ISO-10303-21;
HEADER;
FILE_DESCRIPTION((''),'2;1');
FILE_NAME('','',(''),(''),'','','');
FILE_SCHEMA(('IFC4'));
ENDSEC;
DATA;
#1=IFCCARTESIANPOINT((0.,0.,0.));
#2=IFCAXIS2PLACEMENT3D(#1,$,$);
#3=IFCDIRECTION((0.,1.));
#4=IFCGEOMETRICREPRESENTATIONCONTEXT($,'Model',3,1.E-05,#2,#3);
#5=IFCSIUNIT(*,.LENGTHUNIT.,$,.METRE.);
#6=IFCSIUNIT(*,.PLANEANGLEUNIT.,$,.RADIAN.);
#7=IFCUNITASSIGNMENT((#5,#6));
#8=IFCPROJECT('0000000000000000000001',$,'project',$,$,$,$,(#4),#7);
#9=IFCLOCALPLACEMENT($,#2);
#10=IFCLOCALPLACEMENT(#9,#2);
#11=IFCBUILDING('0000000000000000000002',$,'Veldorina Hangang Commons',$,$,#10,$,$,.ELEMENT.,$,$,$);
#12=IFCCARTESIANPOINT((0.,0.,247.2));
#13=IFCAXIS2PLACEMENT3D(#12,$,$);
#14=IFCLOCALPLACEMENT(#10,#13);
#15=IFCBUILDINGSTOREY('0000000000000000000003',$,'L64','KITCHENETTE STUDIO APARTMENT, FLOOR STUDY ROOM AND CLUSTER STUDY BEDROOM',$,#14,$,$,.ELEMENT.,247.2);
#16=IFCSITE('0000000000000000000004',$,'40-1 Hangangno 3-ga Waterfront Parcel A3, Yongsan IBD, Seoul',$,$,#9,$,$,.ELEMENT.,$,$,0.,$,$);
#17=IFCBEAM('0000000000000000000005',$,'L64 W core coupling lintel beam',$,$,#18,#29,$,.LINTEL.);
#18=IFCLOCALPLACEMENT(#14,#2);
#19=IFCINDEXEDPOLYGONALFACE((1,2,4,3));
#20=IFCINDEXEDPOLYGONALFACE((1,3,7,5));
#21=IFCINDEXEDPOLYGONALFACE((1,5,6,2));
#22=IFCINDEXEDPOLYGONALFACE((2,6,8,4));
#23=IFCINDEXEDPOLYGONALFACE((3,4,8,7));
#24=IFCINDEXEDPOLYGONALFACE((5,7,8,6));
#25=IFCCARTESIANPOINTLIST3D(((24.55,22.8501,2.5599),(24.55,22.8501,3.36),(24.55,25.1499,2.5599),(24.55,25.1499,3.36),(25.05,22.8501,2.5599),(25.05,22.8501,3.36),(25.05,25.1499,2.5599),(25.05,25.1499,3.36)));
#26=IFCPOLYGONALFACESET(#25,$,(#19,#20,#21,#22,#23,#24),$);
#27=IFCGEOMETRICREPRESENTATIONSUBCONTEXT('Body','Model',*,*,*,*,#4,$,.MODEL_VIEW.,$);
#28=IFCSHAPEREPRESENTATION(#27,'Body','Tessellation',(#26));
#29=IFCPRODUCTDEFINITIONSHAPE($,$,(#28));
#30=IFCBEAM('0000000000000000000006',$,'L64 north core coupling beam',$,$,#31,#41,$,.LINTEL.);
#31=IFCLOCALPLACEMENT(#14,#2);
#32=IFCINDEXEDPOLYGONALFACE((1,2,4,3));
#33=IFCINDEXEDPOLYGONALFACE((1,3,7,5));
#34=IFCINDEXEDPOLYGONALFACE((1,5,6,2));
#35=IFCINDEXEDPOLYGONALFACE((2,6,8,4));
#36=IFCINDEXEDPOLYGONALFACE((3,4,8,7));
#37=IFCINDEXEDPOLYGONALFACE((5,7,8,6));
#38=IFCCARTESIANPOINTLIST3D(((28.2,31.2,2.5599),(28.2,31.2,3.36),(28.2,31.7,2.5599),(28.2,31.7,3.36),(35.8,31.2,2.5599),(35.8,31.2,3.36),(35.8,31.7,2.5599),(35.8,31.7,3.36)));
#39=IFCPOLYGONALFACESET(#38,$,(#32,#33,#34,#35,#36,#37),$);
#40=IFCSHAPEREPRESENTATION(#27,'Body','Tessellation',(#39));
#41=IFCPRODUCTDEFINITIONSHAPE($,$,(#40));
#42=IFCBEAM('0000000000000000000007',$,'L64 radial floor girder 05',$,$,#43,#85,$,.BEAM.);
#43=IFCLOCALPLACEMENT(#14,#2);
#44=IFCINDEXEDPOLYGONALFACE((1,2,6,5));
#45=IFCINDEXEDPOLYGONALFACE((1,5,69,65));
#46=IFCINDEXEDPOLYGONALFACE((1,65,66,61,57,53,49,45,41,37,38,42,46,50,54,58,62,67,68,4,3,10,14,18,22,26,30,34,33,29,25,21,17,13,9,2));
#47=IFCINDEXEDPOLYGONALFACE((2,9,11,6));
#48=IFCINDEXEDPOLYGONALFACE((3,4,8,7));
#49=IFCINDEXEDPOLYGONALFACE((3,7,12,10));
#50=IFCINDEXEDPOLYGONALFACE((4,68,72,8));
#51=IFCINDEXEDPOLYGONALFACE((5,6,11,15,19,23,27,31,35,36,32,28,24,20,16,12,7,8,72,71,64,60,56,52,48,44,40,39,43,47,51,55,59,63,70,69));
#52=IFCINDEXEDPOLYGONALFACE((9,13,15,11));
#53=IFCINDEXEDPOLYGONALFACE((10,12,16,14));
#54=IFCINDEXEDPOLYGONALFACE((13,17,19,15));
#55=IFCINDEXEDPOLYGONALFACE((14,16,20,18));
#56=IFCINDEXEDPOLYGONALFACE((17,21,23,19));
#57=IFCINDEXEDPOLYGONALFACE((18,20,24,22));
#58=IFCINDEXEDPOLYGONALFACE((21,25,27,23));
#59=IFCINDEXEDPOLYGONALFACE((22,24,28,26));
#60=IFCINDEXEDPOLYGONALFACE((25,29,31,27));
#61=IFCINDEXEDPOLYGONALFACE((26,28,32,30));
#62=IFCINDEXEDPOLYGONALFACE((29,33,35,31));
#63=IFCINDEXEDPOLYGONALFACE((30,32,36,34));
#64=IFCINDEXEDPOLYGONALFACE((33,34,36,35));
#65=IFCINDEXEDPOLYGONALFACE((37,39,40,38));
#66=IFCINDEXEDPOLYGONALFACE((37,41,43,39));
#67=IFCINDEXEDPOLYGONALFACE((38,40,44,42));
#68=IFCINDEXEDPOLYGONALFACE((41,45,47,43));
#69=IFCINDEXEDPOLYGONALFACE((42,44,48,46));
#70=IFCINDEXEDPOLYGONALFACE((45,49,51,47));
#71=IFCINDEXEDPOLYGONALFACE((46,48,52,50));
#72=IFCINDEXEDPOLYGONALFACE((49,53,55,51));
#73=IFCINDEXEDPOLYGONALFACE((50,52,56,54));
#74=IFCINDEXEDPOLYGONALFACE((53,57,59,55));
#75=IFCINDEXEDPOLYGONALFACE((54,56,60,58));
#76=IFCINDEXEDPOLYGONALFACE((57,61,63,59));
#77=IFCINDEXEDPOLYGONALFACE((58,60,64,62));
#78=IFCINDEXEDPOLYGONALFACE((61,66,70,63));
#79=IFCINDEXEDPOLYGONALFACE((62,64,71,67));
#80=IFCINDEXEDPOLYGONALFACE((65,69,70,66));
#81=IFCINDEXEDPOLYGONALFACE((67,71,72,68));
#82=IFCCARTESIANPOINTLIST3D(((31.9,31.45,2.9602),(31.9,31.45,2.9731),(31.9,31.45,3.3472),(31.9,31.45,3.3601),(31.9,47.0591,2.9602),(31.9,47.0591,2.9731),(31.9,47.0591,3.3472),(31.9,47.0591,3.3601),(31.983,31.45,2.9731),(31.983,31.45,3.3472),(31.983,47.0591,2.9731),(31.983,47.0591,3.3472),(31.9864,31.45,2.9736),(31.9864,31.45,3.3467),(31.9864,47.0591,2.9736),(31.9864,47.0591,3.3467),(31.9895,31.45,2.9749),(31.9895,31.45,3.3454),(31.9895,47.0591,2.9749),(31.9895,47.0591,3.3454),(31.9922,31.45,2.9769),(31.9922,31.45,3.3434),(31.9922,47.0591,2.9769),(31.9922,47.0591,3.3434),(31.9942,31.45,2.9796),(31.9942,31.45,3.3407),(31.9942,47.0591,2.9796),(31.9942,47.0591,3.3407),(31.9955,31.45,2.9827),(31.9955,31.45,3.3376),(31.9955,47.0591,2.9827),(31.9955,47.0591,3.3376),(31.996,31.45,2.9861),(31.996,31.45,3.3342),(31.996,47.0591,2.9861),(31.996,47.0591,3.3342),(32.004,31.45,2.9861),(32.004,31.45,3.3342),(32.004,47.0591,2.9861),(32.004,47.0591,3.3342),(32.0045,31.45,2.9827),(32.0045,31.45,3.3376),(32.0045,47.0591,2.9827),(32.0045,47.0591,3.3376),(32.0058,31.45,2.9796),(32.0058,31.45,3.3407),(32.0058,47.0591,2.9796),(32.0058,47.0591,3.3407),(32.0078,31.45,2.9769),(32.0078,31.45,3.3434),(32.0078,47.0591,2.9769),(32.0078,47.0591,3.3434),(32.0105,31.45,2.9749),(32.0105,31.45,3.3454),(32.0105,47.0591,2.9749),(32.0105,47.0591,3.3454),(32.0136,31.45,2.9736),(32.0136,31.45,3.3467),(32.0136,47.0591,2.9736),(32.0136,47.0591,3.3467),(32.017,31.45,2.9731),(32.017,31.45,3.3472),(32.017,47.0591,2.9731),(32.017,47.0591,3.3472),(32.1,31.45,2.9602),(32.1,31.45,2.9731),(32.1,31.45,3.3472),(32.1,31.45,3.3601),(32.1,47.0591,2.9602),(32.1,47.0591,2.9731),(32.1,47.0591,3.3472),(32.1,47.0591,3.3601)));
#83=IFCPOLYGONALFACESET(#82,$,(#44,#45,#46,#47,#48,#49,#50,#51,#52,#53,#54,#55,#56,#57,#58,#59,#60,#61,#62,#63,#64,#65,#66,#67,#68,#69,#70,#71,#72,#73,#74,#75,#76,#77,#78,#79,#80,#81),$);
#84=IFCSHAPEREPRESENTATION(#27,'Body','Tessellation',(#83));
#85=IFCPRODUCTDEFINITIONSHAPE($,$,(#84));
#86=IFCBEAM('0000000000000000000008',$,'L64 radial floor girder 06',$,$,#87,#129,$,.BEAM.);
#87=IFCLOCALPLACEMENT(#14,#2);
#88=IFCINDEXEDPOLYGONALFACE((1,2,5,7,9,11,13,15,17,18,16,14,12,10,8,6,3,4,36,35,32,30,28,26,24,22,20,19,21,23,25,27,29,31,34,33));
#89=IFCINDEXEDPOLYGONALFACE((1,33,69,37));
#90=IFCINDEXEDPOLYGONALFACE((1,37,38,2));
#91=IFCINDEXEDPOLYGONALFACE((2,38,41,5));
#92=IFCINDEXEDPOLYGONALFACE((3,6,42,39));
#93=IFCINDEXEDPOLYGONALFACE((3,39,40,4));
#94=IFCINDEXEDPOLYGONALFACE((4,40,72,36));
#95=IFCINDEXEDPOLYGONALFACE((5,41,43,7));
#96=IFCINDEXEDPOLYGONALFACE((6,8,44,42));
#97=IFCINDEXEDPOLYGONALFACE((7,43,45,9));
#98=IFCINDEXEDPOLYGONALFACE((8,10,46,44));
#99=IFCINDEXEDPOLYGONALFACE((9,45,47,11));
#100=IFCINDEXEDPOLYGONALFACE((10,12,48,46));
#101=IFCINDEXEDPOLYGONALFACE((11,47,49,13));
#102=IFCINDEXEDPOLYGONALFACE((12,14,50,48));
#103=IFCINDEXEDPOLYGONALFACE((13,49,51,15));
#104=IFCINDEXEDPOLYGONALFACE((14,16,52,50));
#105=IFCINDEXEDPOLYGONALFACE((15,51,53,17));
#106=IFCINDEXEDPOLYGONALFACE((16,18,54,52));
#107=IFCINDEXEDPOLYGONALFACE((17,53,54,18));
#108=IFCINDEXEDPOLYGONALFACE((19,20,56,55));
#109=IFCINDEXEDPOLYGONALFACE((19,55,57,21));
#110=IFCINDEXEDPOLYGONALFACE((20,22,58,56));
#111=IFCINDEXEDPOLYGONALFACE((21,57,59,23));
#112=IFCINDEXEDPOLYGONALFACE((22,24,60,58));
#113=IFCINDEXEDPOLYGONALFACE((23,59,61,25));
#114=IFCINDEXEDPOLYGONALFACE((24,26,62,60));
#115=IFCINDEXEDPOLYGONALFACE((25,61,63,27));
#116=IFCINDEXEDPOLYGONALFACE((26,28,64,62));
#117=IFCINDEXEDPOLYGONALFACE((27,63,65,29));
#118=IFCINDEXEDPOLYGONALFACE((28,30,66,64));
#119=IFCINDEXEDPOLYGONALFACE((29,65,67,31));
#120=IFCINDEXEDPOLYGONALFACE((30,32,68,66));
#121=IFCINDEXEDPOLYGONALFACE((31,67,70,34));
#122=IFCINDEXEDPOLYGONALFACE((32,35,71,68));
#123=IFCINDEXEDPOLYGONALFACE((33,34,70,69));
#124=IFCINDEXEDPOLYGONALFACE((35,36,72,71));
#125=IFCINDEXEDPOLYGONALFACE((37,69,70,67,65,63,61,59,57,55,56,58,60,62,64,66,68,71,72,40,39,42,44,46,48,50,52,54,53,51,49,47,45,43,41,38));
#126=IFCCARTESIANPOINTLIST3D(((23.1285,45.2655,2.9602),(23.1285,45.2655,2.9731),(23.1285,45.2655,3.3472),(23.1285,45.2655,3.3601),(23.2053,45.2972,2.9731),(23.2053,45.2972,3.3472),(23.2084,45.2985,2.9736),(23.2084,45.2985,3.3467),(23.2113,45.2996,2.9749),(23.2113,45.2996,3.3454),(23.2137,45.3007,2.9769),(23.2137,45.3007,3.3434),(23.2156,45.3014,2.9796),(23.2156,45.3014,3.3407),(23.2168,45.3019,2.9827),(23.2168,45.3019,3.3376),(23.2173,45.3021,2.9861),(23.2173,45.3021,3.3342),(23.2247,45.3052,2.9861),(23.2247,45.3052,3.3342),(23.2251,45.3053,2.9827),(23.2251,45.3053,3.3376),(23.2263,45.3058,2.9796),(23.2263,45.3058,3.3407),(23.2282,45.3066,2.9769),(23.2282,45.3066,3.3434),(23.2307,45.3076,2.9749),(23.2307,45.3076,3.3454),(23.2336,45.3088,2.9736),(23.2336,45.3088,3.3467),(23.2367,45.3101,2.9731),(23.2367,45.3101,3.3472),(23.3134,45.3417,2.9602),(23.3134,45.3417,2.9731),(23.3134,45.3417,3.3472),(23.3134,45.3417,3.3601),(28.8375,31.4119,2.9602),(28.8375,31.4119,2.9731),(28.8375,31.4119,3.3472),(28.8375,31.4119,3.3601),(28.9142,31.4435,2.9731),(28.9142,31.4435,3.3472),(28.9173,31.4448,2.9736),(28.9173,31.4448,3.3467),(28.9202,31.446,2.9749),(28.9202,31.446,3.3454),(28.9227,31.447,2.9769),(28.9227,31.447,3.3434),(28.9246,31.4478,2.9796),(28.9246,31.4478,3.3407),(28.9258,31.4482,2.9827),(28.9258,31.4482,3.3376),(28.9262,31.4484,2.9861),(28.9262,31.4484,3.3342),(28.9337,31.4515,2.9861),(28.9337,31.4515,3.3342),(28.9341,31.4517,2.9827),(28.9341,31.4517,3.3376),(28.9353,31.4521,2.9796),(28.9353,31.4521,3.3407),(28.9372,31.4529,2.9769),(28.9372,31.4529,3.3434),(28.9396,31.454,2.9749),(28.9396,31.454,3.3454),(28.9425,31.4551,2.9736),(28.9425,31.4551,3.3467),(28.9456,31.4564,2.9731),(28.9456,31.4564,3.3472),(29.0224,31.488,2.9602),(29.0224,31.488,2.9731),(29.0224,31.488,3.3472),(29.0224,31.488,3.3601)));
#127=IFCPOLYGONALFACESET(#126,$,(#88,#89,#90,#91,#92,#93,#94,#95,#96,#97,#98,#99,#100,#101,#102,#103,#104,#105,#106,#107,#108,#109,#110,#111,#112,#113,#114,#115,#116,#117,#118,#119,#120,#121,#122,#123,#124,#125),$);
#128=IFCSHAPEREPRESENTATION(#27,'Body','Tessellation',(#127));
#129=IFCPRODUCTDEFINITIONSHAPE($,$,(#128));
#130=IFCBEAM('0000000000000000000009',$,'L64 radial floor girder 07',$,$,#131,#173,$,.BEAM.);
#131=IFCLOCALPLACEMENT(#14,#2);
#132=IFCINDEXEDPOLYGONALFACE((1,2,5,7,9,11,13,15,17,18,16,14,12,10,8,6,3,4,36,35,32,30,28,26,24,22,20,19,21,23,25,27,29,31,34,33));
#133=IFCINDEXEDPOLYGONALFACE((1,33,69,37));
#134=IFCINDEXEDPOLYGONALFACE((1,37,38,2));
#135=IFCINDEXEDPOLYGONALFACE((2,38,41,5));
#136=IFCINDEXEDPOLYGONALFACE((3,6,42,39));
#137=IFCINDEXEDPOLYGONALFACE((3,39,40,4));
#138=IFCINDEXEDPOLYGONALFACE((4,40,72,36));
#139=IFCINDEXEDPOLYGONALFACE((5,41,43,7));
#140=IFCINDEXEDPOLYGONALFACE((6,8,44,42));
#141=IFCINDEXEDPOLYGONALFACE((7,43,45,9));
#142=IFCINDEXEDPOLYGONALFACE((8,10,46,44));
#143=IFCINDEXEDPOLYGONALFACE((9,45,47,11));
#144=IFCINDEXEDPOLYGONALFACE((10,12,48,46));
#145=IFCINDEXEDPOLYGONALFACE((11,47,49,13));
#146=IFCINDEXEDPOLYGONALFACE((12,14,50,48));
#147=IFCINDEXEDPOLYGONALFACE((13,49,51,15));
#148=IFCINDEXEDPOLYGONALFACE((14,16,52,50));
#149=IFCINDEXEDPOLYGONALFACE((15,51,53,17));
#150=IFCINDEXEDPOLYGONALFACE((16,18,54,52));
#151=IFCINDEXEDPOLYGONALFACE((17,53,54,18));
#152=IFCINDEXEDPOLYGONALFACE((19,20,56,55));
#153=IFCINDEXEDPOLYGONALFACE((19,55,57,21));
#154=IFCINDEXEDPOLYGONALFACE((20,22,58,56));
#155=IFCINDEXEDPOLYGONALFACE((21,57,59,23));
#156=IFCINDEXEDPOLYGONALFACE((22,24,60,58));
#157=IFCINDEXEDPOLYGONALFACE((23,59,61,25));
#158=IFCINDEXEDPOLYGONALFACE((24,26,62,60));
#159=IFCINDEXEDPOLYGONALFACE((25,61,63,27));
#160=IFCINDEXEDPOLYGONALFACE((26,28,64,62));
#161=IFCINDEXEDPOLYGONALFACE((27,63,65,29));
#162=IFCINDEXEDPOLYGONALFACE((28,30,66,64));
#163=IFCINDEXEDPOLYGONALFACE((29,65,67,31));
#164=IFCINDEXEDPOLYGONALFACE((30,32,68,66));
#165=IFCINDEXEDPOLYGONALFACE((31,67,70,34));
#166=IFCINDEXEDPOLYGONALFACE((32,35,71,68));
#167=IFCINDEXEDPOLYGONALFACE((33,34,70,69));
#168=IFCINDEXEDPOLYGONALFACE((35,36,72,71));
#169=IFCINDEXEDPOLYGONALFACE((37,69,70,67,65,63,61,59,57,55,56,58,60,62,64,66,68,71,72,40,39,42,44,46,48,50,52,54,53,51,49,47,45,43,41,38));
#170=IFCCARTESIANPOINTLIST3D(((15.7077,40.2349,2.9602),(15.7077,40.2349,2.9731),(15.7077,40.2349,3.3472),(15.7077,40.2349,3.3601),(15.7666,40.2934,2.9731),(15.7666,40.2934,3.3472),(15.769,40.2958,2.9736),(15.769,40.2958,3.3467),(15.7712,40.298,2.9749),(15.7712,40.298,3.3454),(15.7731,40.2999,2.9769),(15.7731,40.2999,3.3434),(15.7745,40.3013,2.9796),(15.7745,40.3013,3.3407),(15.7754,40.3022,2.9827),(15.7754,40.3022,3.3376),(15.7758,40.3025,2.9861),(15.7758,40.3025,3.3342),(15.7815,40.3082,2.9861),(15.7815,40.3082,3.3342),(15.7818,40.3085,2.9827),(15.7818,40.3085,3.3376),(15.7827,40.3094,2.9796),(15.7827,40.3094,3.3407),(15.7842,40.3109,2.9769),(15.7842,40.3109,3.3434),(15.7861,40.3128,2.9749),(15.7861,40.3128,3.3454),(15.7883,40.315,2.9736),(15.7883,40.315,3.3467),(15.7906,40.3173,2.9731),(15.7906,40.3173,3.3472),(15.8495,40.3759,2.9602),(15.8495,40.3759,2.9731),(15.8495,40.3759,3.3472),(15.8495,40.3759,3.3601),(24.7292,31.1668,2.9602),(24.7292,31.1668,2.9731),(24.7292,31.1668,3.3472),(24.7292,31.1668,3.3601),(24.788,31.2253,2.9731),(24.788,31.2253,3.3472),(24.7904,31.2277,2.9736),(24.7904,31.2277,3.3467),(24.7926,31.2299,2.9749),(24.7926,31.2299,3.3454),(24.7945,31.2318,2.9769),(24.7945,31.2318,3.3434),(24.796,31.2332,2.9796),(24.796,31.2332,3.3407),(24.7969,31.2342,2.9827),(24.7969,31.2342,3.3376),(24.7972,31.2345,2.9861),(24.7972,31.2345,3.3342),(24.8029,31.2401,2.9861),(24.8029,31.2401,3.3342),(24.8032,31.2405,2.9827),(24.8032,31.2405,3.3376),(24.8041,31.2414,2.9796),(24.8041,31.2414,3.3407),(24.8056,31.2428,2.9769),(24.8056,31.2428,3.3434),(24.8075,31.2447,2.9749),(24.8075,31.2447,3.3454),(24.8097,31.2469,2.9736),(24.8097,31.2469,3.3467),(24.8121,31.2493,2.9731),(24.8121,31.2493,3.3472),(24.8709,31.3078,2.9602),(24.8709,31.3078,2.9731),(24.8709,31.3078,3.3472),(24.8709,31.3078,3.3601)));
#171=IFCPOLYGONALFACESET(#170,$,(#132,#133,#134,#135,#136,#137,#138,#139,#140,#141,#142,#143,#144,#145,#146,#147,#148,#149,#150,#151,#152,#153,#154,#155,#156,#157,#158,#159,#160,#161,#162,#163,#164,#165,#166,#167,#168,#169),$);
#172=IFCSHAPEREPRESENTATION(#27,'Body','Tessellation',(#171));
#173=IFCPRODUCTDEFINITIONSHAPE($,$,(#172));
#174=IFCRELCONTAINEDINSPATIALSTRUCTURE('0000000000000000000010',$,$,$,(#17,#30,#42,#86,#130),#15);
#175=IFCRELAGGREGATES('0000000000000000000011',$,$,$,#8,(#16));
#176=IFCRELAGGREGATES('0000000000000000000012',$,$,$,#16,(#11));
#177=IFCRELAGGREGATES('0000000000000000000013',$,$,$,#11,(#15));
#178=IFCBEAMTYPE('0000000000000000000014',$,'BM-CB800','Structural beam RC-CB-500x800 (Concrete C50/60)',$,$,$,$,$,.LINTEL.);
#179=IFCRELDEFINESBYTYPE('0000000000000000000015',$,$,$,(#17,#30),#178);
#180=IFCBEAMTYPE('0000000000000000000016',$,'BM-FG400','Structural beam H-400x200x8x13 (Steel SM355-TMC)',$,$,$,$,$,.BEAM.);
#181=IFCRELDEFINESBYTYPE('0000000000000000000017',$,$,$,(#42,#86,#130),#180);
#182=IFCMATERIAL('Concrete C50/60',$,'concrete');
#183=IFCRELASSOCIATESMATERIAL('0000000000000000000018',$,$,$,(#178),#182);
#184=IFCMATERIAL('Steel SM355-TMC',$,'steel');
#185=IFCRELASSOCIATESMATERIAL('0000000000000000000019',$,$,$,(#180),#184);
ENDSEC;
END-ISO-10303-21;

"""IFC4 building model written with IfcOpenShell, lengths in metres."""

from ifc_helpers import new_model, si_unit, direction, frame, origin, origin_2d, place, context, subcontext, project, spatial, rectangle, i_section, extrude, material, material_profile, profile_set, type_object, element, save


model = new_model("IFC4")

# Units and contexts
model_context = context("Model", 3, precision=1e-05, world=origin(), true_north=direction((0.0, 1.0)))
body_context = subcontext(model_context, "Body", "Model", "MODEL_VIEW")
ifc_project = project(units=[si_unit("LENGTHUNIT", "METRE"), si_unit("PLANEANGLEUNIT", "RADIAN")], contexts=[model_context])

# Site, building, storey
site_placement = place(None, origin())
site = spatial("IfcSite", under=ifc_project, at=site_placement, Name="40-1 Hangangno 3-ga Waterfront Parcel A3, Yongsan IBD, Seoul", CompositionType="ELEMENT", RefElevation=0.0)
building_placement = place(site_placement, origin())
building = spatial("IfcBuilding", under=site, at=building_placement, Name="Veldorina Hangang Commons", CompositionType="ELEMENT")
storey_placement = place(building_placement, frame((0.0, 0.0, 247.2)))
storey = spatial("IfcBuildingStorey", under=building, at=storey_placement, Name="L64", Description="KITCHENETTE STUDIO APARTMENT, FLOOR STUDY ROOM AND CLUSTER STUDY BEDROOM", CompositionType="ELEMENT", Elevation=247.2)

# Beams
ifc_material_1 = material(Name="Concrete C50/60", Category="concrete")
ifc_material_profile_1 = material_profile(ifc_material_1, rectangle(XDim=0.5, YDim=0.8, at=origin_2d()), Name="RC-CB-500x800")
ifc_profile_set_1 = profile_set([ifc_material_profile_1], Name="Concrete C50/60")
beam_type_1 = type_object("IfcBeamType", Name="BM-CB800", Description="Structural beam RC-CB-500x800 (Concrete C50/60)", PredefinedType="LINTEL", material=ifc_profile_set_1)
beam_1_placement = place(storey_placement, frame((24.8, 22.8501, 2.96), z_axis=(0.0, 1.0, 0.0), x_axis=(-1.0, 0.0, 0.0)))
element("IfcBeam", 1, at=beam_1_placement, inside=storey, type_object=beam_type_1, Name="L64 W core coupling lintel beam", PredefinedType="LINTEL", context=body_context, shape_type="SweptSolid", body=[
    extrude(rectangle(XDim=0.5, YDim=0.8, at=origin_2d()), origin(), (0.0, 0.0, 1.0), 2.2998),
])
beam_2_placement = place(storey_placement, frame((28.2, 31.45, 2.96), z_axis=(1.0, 0.0, 0.0), x_axis=(0.0, 1.0, 0.0)))
element("IfcBeam", 2, at=beam_2_placement, inside=storey, type_object=beam_type_1, Name="L64 north core coupling beam", PredefinedType="LINTEL", context=body_context, shape_type="SweptSolid", body=[
    extrude(rectangle(XDim=0.5, YDim=0.8, at=origin_2d()), origin(), (0.0, 0.0, 1.0), 7.6001),
])
ifc_material_2 = material(Name="Steel SM355-TMC", Category="steel")
ifc_material_profile_2 = material_profile(ifc_material_2, i_section(OverallWidth=0.2, OverallDepth=0.3999, WebThickness=0.0081, FlangeThickness=0.0129, FilletRadius=0.0129, at=origin_2d()), Name="H-400x200x8x13")
ifc_profile_set_2 = profile_set([ifc_material_profile_2], Name="Steel SM355-TMC")
beam_type_2 = type_object("IfcBeamType", Name="BM-FG400", Description="Structural beam H-400x200x8x13 (Steel SM355-TMC)", PredefinedType="BEAM", material=ifc_profile_set_2)
beam_3_placement = place(storey_placement, frame((32.0, 31.45, 3.1602), z_axis=(0.0, 1.0, 0.0), x_axis=(-1.0, 0.0, 0.0)))
element("IfcBeam", 3, at=beam_3_placement, inside=storey, type_object=beam_type_2, Name="L64 radial floor girder 05", PredefinedType="BEAM", context=body_context, shape_type="SweptSolid", body=[
    extrude(i_section(OverallWidth=0.2, OverallDepth=0.3999, WebThickness=0.0081, FlangeThickness=0.0129, FilletRadius=0.0129, at=origin_2d()), origin(), (0.0, 0.0, 1.0), 15.6091),
])
beam_4_placement = place(storey_placement, frame((28.9299, 31.45, 3.1602), z_axis=(-0.381006, 0.924572, 0.0), x_axis=(-0.924572, -0.381006, 0.0)))
element("IfcBeam", 4, at=beam_4_placement, inside=storey, type_object=beam_type_2, Name="L64 radial floor girder 06", PredefinedType="BEAM", context=body_context, shape_type="SweptSolid", body=[
    extrude(i_section(OverallWidth=0.2, OverallDepth=0.3999, WebThickness=0.0081, FlangeThickness=0.0129, FilletRadius=0.0129, at=origin_2d()), origin(), (0.0, 0.0, 1.0), 14.9839),
])
beam_5_placement = place(storey_placement, frame((24.8, 31.2373, 3.1602), z_axis=(-0.705282, 0.708927, 0.0), x_axis=(-0.708927, -0.705282, 0.0)))
element("IfcBeam", 5, at=beam_5_placement, inside=storey, type_object=beam_type_2, Name="L64 radial floor girder 07", PredefinedType="BEAM", context=body_context, shape_type="SweptSolid", body=[
    extrude(i_section(OverallWidth=0.2, OverallDepth=0.3999, WebThickness=0.0081, FlangeThickness=0.0129, FilletRadius=0.0129, at=origin_2d()), origin(), (0.0, 0.0, 1.0), 12.7913),
])

save(model, "model.ifc")
